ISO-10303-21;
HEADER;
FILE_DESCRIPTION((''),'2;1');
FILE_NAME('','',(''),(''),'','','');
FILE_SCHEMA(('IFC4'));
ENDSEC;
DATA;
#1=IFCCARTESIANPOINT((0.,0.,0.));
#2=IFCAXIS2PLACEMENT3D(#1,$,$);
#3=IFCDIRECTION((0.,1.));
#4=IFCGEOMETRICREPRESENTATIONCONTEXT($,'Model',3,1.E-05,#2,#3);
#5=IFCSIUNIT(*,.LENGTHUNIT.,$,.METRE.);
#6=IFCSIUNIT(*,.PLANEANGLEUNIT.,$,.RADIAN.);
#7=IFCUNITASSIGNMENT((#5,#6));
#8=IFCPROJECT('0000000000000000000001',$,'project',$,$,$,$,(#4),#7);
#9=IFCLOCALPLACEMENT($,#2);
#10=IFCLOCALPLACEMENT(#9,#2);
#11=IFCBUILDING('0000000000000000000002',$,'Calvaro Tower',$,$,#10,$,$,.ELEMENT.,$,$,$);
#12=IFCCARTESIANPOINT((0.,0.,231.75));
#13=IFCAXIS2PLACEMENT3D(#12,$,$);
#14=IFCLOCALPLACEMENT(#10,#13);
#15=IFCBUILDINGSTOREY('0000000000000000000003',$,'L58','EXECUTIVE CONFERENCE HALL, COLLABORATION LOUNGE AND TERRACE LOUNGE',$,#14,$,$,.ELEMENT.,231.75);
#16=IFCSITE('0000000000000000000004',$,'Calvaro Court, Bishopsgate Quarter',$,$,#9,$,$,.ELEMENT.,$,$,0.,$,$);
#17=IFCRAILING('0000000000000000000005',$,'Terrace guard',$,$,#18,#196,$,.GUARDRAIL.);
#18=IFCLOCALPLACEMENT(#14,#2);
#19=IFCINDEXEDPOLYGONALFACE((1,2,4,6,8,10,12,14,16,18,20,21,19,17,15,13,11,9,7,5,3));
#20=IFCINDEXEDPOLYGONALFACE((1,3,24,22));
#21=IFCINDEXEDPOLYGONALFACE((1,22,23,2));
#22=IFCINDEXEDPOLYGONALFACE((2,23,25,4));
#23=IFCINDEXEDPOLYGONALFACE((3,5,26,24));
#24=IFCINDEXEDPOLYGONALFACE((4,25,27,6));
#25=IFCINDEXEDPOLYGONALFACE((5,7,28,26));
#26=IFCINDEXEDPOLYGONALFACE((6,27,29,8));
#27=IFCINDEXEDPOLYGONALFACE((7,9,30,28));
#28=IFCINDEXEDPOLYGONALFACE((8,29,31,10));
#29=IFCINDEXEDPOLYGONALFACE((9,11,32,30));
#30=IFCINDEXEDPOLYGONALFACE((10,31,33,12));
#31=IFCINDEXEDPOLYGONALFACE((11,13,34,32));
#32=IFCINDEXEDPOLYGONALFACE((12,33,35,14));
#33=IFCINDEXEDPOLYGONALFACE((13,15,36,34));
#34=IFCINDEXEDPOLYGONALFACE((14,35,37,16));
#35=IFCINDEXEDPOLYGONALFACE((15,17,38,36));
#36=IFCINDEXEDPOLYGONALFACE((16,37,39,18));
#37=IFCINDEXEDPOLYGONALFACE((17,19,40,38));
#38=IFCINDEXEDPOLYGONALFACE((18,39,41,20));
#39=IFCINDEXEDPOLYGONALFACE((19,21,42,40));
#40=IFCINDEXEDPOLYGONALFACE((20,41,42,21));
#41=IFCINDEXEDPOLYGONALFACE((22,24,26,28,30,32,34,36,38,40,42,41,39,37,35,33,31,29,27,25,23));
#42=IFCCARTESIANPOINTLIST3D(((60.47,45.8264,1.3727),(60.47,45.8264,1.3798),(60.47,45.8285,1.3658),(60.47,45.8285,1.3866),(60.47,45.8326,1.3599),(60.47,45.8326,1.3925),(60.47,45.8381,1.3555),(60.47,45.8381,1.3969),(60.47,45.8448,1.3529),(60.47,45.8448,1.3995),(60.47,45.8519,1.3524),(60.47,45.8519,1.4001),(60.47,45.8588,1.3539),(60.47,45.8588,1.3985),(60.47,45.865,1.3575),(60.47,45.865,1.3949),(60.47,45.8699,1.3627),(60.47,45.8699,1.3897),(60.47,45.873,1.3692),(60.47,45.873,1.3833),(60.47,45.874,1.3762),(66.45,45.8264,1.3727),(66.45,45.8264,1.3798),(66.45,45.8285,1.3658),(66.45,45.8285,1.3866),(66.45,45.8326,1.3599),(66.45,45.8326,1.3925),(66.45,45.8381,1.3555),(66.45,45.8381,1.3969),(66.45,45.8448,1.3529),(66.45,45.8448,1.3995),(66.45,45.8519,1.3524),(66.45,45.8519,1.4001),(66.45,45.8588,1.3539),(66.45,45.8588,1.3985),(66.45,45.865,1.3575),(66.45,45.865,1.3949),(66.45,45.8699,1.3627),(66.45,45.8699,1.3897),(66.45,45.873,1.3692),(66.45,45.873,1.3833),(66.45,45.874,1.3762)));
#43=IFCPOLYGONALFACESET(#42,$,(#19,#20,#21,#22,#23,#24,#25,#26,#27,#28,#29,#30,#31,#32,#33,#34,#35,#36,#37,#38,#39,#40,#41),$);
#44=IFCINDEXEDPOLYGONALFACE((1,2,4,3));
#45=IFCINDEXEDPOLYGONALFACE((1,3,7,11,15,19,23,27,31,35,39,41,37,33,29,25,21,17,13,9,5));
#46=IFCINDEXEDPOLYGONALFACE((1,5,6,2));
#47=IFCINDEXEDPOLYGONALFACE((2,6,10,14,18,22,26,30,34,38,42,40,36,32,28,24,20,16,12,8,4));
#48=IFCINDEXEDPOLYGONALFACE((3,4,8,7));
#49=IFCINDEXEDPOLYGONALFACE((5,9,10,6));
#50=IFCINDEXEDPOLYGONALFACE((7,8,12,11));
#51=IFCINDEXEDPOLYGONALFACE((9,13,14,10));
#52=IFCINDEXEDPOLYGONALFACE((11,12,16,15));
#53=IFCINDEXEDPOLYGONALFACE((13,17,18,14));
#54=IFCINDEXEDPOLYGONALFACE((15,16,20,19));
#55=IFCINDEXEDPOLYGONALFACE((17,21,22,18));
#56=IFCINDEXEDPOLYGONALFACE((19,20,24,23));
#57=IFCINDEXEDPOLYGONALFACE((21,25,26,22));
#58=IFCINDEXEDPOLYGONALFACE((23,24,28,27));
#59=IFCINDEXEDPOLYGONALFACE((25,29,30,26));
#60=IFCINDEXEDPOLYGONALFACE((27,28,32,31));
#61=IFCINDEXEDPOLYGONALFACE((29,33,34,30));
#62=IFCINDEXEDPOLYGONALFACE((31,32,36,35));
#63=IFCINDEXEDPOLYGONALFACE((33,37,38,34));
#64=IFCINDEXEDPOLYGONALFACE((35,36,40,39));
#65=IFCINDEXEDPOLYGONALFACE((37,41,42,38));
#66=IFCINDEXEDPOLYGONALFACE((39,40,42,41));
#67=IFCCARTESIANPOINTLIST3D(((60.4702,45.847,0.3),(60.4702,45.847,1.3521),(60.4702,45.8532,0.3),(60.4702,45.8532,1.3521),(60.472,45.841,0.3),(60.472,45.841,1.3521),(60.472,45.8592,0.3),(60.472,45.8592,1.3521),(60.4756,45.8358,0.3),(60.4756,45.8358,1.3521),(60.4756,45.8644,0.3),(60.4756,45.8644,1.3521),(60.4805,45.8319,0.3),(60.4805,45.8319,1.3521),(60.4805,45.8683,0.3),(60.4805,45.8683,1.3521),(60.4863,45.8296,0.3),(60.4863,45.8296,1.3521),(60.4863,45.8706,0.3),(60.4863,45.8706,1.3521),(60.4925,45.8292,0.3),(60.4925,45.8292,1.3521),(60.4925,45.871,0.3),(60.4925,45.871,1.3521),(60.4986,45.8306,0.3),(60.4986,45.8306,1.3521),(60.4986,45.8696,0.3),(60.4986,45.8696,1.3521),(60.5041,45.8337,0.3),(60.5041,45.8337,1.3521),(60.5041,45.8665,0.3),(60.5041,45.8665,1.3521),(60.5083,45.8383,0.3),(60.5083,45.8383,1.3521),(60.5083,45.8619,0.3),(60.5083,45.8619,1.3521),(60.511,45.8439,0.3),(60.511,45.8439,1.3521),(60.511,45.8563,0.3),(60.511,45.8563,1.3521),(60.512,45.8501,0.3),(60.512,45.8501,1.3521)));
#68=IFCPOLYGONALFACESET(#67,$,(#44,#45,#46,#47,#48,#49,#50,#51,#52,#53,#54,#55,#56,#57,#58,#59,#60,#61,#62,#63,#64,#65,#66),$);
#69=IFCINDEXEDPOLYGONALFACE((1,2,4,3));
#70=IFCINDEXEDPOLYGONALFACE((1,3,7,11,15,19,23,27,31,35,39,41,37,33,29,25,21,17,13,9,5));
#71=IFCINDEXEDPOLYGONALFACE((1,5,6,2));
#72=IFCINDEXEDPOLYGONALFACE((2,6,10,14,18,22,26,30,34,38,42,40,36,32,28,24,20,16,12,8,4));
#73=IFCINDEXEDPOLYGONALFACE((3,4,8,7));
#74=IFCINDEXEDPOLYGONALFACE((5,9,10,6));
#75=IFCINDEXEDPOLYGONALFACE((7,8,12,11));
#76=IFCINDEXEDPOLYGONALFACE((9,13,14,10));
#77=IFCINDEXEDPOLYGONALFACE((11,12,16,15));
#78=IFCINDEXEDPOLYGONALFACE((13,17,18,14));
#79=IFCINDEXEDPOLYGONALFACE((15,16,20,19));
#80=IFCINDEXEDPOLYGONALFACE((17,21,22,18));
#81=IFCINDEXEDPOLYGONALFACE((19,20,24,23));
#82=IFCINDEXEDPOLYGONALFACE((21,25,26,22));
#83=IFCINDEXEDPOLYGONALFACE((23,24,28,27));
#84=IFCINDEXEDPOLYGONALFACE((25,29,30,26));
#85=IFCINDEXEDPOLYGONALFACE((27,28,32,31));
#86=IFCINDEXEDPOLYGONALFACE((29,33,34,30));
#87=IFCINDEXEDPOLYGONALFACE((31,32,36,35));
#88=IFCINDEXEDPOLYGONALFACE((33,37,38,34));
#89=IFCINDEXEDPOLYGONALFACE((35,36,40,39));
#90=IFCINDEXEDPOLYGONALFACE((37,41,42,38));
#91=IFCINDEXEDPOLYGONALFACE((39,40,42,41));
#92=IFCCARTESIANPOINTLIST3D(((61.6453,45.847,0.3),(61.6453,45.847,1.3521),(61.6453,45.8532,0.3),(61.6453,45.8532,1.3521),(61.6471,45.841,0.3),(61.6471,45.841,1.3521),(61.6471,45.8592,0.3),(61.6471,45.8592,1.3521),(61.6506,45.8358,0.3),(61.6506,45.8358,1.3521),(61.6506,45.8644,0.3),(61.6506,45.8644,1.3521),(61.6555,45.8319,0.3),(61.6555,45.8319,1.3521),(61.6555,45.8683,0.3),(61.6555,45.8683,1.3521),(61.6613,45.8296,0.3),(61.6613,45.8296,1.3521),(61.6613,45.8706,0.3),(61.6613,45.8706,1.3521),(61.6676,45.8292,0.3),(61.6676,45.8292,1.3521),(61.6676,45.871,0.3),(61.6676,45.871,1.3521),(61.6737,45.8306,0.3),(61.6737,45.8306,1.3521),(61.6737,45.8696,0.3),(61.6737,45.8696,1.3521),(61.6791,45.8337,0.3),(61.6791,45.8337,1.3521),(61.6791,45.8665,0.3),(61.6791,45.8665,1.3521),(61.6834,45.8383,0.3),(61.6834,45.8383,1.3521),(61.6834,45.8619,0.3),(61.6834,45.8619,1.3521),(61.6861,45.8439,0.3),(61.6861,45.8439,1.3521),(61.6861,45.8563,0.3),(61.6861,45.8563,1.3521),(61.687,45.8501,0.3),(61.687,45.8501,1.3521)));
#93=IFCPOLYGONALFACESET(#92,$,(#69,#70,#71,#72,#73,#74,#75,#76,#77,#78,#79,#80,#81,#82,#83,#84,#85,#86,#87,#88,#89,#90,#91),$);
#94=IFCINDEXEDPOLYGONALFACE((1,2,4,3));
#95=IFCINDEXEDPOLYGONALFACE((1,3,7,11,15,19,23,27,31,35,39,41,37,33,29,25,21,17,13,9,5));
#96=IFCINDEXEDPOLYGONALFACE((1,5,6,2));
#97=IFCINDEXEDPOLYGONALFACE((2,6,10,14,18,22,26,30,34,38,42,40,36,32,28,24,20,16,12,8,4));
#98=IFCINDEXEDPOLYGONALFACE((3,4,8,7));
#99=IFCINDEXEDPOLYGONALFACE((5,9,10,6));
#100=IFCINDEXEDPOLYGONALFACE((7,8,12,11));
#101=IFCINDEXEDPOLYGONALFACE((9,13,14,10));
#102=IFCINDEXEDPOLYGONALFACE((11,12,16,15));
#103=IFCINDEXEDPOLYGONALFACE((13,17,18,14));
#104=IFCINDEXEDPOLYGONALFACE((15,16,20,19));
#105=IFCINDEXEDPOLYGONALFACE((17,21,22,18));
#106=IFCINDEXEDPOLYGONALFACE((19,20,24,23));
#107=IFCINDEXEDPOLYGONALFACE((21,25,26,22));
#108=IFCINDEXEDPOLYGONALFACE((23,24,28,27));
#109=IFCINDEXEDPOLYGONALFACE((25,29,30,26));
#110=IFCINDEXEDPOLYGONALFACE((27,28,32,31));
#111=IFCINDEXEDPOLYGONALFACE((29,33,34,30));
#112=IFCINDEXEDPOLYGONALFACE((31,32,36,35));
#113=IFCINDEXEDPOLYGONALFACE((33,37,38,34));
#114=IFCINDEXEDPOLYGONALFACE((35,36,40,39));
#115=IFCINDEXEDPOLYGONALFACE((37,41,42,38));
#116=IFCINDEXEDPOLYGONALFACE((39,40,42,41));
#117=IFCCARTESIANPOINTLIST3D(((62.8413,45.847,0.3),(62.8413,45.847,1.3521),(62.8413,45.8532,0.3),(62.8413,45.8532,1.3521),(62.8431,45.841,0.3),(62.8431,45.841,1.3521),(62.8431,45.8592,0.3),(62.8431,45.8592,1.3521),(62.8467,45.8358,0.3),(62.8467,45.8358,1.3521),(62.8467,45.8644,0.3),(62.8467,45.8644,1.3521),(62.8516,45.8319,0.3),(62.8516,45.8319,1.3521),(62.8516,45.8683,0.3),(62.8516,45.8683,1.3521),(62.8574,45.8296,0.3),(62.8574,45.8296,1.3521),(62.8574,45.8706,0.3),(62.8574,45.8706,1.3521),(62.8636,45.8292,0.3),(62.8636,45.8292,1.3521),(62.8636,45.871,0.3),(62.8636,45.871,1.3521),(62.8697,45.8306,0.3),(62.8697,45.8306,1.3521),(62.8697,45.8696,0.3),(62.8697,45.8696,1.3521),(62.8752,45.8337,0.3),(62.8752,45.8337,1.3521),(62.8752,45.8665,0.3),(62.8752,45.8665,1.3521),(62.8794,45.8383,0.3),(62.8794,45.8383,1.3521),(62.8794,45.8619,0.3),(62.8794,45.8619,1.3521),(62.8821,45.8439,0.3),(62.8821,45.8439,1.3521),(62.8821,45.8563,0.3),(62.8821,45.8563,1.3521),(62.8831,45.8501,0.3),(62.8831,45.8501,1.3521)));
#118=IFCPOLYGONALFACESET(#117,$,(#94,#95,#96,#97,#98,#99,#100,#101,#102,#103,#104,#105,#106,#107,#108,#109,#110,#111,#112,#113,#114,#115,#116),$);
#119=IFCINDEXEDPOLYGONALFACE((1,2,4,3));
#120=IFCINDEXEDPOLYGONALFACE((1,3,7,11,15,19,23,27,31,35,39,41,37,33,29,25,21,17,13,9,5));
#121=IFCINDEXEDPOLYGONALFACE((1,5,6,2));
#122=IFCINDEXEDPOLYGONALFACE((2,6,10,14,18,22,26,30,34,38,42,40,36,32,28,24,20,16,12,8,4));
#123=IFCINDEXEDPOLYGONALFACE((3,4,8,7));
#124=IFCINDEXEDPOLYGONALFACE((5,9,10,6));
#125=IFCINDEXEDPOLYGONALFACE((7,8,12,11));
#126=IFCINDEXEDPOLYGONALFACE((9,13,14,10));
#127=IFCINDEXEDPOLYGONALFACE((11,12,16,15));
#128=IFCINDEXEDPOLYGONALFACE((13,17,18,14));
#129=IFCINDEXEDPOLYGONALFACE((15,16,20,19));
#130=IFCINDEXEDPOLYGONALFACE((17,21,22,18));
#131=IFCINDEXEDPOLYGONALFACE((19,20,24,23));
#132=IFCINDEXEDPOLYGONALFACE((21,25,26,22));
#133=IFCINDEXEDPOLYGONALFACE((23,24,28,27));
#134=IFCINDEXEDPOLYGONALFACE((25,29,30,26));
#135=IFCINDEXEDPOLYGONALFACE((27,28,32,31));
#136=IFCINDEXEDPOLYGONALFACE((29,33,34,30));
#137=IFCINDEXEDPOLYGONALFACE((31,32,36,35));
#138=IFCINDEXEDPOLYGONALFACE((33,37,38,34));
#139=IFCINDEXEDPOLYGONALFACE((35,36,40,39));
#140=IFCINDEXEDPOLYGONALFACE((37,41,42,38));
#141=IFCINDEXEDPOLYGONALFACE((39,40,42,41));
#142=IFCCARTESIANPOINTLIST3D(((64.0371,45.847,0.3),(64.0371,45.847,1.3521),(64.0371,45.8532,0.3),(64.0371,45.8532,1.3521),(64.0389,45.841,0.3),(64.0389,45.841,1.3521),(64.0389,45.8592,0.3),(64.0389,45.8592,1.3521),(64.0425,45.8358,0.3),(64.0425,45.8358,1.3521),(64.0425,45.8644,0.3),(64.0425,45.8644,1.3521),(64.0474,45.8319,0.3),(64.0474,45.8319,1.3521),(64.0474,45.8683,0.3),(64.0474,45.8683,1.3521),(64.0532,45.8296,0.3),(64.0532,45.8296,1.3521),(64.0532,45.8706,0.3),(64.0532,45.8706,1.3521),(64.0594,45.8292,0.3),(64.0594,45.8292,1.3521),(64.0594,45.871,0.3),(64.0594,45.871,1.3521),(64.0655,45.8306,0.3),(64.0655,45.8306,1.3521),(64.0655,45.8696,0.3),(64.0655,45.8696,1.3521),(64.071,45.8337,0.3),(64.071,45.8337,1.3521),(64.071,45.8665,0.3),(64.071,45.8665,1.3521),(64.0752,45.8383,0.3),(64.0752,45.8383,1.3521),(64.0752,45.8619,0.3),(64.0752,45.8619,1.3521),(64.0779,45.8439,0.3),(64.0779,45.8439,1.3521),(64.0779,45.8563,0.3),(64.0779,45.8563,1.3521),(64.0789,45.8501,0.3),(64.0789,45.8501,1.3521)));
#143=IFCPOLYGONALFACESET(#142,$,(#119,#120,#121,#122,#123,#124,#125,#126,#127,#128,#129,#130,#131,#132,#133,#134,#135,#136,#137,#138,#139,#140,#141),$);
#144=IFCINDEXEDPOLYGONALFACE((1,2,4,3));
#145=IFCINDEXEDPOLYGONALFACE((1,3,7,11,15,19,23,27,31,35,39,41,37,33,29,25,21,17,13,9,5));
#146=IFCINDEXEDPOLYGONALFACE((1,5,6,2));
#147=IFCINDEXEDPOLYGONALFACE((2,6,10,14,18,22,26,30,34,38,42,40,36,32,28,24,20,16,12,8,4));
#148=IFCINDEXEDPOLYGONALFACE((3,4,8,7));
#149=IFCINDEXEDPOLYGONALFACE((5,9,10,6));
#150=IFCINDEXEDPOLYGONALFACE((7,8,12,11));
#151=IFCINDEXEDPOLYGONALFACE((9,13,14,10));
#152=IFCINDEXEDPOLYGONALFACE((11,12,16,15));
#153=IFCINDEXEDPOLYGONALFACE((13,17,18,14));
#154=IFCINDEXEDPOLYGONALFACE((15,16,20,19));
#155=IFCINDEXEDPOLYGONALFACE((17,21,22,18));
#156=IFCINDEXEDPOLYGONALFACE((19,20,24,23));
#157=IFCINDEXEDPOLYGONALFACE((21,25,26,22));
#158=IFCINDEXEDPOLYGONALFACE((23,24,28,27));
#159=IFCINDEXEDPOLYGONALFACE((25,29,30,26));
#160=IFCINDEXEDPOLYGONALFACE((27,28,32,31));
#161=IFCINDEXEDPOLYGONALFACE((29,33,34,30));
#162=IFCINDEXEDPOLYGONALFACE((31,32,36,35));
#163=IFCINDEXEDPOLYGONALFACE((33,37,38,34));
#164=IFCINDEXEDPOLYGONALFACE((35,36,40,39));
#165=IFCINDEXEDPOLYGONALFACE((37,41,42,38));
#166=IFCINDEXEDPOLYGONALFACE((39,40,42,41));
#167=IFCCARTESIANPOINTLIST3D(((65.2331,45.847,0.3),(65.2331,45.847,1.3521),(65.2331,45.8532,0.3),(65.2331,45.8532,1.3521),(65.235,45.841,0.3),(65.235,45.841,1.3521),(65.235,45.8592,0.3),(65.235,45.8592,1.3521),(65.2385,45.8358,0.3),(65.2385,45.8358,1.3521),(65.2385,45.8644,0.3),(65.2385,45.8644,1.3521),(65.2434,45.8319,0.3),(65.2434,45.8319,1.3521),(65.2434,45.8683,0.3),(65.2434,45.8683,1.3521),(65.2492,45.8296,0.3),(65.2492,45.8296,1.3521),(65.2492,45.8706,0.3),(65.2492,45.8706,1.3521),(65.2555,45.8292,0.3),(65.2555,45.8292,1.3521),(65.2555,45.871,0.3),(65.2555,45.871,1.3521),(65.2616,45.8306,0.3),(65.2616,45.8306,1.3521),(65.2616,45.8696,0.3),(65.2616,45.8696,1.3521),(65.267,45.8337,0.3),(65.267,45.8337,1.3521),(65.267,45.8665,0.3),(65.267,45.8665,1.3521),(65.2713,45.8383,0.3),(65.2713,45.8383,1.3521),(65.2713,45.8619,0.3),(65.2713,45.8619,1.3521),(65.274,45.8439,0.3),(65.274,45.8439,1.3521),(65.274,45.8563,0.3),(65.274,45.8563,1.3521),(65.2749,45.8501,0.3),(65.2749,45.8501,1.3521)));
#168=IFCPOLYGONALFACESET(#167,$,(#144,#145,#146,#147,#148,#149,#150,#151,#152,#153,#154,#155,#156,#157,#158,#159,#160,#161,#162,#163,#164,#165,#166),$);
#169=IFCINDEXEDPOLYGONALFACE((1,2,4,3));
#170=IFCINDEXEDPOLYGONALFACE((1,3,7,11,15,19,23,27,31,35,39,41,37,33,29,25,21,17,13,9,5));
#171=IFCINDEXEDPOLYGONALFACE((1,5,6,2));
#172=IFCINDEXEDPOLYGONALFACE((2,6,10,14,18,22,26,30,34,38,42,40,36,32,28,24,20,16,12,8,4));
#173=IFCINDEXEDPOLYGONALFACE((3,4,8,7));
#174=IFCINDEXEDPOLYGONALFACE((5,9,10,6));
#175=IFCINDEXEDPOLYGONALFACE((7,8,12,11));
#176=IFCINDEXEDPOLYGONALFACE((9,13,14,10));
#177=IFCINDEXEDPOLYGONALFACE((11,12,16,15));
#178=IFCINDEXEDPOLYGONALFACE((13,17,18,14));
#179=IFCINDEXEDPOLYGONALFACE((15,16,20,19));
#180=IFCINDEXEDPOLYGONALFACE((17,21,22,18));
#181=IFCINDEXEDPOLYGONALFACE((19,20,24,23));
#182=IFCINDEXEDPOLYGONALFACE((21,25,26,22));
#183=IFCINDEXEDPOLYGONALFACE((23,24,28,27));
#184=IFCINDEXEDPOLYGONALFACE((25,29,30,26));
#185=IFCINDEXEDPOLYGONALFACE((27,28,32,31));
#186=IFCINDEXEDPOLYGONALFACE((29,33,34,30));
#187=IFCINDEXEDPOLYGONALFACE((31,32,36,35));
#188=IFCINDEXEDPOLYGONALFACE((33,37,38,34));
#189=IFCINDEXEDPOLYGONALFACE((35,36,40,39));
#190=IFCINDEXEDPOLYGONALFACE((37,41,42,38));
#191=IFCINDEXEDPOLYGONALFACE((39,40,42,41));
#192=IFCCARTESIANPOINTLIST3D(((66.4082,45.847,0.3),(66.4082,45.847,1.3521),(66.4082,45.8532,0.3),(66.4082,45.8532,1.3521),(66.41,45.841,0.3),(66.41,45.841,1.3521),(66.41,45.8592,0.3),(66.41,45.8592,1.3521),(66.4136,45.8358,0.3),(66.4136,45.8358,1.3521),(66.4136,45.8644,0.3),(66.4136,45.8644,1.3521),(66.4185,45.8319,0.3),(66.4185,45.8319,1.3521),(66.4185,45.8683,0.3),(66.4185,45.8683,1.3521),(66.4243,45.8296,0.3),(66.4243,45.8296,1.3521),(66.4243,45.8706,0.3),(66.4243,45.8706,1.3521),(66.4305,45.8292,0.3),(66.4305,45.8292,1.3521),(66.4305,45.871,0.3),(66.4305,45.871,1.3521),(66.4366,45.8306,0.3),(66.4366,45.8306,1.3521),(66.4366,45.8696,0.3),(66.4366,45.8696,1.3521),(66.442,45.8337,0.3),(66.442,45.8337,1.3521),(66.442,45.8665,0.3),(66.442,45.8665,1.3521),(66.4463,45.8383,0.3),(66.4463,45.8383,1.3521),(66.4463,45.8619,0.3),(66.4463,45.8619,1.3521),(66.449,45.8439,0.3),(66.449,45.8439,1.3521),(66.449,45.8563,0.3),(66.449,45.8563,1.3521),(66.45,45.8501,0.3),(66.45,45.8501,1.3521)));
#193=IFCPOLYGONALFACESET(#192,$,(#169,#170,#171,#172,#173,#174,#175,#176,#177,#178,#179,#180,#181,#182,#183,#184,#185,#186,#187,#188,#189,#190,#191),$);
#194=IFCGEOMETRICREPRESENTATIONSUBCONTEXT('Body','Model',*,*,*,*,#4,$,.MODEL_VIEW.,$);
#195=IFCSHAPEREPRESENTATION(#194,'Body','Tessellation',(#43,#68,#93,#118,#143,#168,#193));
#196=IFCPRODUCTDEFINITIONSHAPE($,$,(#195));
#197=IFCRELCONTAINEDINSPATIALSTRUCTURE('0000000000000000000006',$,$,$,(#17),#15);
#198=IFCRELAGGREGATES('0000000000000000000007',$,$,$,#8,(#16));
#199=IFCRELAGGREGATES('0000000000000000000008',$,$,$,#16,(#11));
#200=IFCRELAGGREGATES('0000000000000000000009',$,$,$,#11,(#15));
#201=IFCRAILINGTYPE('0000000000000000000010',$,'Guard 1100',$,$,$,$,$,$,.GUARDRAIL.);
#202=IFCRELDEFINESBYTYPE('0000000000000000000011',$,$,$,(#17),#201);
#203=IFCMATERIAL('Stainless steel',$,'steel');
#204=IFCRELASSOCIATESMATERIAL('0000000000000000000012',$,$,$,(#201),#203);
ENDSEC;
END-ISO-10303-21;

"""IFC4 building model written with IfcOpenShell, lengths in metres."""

from ifc_helpers import new_model, si_unit, direction, frame, origin, origin_2d, place, context, subcontext, project, spatial, circle, extrude, material, type_object, element, save


model = new_model("IFC4")

# Units and contexts
model_context = context("Model", 3, precision=1e-05, world=origin(), true_north=direction((0.0, 1.0)))
body_context = subcontext(model_context, "Body", "Model", "MODEL_VIEW")
ifc_project = project(units=[si_unit("LENGTHUNIT", "METRE"), si_unit("PLANEANGLEUNIT", "RADIAN")], contexts=[model_context])

# Site, building, storey
site_placement = place(None, origin())
site = spatial("IfcSite", under=ifc_project, at=site_placement, Name="Calvaro Court, Bishopsgate Quarter", CompositionType="ELEMENT", RefElevation=0.0)
building_placement = place(site_placement, origin())
building = spatial("IfcBuilding", under=site, at=building_placement, Name="Calvaro Tower", CompositionType="ELEMENT")
storey_placement = place(building_placement, frame((0.0, 0.0, 231.75)))
storey = spatial("IfcBuildingStorey", under=building, at=storey_placement, Name="L58", Description="EXECUTIVE CONFERENCE HALL, COLLABORATION LOUNGE AND TERRACE LOUNGE", CompositionType="ELEMENT", Elevation=231.75)

# Railing
ifc_material_1 = material(Name="Stainless steel", Category="steel")
railing_type = type_object("IfcRailingType", Name="Guard 1100", PredefinedType="GUARDRAIL", material=ifc_material_1)
railing_1_placement = place(storey_placement, frame((60.47, 45.8501, 0.3)))
element("IfcRailing", 1, at=railing_1_placement, inside=storey, type_object=railing_type, Name="Terrace guard", PredefinedType="GUARDRAIL", context=body_context, shape_type="SweptSolid", body=[
    extrude(circle(Radius=0.0239, at=origin_2d()), frame((0.0, 0.0, 1.0762), z_axis=(1.0, 0.0, 0.0), x_axis=(0.0, 1.0, 0.0)), (0.0, 0.0, 1.0), 5.98),
    extrude(circle(Radius=0.021, at=origin_2d()), frame((0.021, 0.0, 0.0)), (0.0, 0.0, 1.0), 1.052),
    extrude(circle(Radius=0.021, at=origin_2d()), frame((1.196, 0.0, 0.0)), (0.0, 0.0, 1.0), 1.052),
    extrude(circle(Radius=0.021, at=origin_2d()), frame((2.3921, 0.0, 0.0)), (0.0, 0.0, 1.0), 1.052),
    extrude(circle(Radius=0.021, at=origin_2d()), frame((3.5879, 0.0, 0.0)), (0.0, 0.0, 1.0), 1.052),
    extrude(circle(Radius=0.021, at=origin_2d()), frame((4.7839, 0.0, 0.0)), (0.0, 0.0, 1.0), 1.052),
    extrude(circle(Radius=0.021, at=origin_2d()), frame((5.959, 0.0, 0.0)), (0.0, 0.0, 1.0), 1.052),
])

save(model, "model.ifc")
